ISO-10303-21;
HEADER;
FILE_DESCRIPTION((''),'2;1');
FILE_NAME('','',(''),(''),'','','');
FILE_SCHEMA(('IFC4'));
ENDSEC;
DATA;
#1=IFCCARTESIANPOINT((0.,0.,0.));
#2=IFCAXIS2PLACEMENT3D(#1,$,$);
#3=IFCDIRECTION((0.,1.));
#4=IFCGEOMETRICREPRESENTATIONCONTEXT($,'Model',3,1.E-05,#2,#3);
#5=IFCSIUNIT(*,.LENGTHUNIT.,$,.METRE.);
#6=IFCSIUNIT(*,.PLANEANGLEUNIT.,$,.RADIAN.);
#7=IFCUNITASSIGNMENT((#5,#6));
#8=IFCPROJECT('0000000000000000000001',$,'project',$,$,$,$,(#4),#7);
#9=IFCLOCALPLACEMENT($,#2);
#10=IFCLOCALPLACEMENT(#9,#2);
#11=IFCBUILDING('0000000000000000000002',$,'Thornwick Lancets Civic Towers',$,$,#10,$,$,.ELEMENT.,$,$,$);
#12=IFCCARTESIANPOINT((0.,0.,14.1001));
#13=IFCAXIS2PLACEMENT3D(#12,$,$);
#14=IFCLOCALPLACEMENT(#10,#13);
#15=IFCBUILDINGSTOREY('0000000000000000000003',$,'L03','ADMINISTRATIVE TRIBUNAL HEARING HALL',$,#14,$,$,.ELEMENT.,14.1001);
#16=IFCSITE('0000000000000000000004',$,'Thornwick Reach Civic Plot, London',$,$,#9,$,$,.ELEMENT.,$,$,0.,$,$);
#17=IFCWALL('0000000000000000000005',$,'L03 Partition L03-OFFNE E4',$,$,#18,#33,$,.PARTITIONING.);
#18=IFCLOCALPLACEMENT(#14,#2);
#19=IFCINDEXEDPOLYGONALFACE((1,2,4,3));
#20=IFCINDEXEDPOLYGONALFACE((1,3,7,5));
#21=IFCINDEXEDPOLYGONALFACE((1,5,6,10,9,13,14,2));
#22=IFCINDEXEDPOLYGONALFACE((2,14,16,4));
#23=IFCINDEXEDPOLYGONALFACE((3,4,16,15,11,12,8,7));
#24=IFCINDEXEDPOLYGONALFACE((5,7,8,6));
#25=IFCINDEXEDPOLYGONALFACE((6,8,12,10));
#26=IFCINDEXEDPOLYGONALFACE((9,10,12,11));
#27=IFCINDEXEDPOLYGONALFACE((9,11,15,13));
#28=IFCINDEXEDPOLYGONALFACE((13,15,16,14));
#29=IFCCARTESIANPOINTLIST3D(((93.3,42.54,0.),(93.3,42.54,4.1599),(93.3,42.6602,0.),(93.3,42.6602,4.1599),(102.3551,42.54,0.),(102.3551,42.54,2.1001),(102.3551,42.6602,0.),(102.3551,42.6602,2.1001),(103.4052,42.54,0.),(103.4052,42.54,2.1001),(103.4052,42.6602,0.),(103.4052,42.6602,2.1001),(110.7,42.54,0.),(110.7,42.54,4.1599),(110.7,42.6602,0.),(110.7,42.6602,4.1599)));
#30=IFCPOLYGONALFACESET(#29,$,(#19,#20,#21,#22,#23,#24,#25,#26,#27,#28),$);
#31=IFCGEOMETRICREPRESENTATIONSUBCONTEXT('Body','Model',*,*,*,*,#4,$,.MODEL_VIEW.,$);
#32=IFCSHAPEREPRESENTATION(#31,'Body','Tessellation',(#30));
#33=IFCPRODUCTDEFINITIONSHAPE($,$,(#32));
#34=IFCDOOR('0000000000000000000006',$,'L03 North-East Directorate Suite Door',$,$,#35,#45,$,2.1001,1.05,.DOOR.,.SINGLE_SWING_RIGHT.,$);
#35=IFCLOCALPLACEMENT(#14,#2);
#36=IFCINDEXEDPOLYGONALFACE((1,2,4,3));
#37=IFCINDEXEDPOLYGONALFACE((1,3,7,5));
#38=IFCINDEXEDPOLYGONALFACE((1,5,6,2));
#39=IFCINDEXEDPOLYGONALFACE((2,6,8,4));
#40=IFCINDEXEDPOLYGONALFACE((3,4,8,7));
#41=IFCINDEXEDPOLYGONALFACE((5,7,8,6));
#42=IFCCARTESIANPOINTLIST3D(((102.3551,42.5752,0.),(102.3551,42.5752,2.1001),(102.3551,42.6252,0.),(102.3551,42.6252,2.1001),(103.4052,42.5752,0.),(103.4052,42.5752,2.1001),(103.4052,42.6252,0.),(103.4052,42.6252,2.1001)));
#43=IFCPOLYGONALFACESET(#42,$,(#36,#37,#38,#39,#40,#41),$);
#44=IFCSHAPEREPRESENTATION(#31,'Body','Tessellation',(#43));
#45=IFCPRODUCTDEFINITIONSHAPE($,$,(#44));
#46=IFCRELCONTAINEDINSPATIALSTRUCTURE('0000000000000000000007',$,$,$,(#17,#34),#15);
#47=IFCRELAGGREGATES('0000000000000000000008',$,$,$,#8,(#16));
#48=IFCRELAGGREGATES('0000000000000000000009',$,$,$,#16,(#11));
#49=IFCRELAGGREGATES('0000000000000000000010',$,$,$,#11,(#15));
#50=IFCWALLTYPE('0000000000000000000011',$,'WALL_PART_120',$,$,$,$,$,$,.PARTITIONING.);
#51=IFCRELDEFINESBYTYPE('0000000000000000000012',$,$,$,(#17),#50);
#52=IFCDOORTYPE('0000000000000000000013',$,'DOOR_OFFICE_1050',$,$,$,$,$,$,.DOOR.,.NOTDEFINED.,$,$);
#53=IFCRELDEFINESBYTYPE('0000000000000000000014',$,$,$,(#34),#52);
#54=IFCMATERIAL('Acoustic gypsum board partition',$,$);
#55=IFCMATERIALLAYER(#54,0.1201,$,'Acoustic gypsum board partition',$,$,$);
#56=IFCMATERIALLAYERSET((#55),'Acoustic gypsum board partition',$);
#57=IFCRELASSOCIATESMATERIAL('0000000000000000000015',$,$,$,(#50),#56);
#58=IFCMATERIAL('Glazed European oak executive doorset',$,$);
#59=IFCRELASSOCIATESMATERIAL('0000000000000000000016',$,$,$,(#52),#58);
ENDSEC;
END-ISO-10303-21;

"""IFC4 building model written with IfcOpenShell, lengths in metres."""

from ifc_helpers import new_model, si_unit, direction, frame, frame_2d, origin, place, context, subcontext, project, spatial, rectangle, extrude, material, layer, layer_set, type_object, element, fill, save


model = new_model("IFC4")

# Units and contexts
model_context = context("Model", 3, precision=1e-05, world=origin(), true_north=direction((0.0, 1.0)))
body_context = subcontext(model_context, "Body", "Model", "MODEL_VIEW")
ifc_project = project(units=[si_unit("LENGTHUNIT", "METRE"), si_unit("PLANEANGLEUNIT", "RADIAN")], contexts=[model_context])

# Site, building, storey
site_placement = place(None, origin())
site = spatial("IfcSite", under=ifc_project, at=site_placement, Name="Thornwick Reach Civic Plot, London", CompositionType="ELEMENT", RefElevation=0.0)
building_placement = place(site_placement, origin())
building = spatial("IfcBuilding", under=site, at=building_placement, Name="Thornwick Lancets Civic Towers", CompositionType="ELEMENT")
storey_placement = place(building_placement, frame((0.0, 0.0, 14.1001)))
storey = spatial("IfcBuildingStorey", under=building, at=storey_placement, Name="L03", Description="ADMINISTRATIVE TRIBUNAL HEARING HALL", CompositionType="ELEMENT", Elevation=14.1001)

# Wall, opening, door
ifc_material_1 = material(Name="Acoustic gypsum board partition")
ifc_layer_1 = layer(ifc_material_1, 0.1201, Name="Acoustic gypsum board partition")
ifc_layer_set_1 = layer_set([ifc_layer_1], Name="Acoustic gypsum board partition")
wall_type_1 = type_object("IfcWallType", Name="WALL_PART_120", PredefinedType="PARTITIONING", material=ifc_layer_set_1)
ifc_material_2 = material(Name="Glazed European oak executive doorset")
door_type_1 = type_object("IfcDoorType", Name="DOOR_OFFICE_1050", OperationType="NOTDEFINED", PredefinedType="DOOR", material=ifc_material_2)
wall_1_placement = place(storey_placement, frame((110.7, 42.6001, 0.0), z_axis=(0.0, 0.0, 1.0), x_axis=(-1.0, 0.0, 0.0)))
wall_1 = element("IfcWall", 1, at=wall_1_placement, inside=storey, type_object=wall_type_1, Name="L03 Partition L03-OFFNE E4", PredefinedType="PARTITIONING", context=body_context, shape_type="SweptSolid", body=[
    extrude(rectangle(XDim=17.3999, YDim=0.1201, at=frame_2d((8.7, 0.0))), origin(), (0.0, 0.0, 1.0), 4.1599),
])
opening_1_placement = place(wall_1_placement, frame((7.2949, 0.0, 0.0)))
opening_1 = element("IfcOpeningElement", 2, at=opening_1_placement, cuts=wall_1, PredefinedType="OPENING", context=body_context, shape_type="SweptSolid", body=[
    extrude(rectangle(XDim=1.05, YDim=2.1001, at=frame_2d((0.5249, 1.05))), frame((0.0, 0.0701, 0.0), z_axis=(0.0, -1.0, 0.0), x_axis=(1.0, 0.0, 0.0)), (0.0, 0.0, 1.0), 0.1401),
])
door_1_placement = place(opening_1_placement, origin())
door_1 = element("IfcDoor", 3, at=door_1_placement, inside=storey, type_object=door_type_1, Name="L03 North-East Directorate Suite Door", OperationType="SINGLE_SWING_RIGHT", OverallHeight=2.1001, OverallWidth=1.05, PredefinedType="DOOR", context=body_context, shape_type="SweptSolid", body=[
    extrude(rectangle(XDim=1.05, YDim=2.1001, at=frame_2d((0.5249, 1.05))), frame((0.0, 0.0249, 0.0), z_axis=(0.0, -1.0, 0.0), x_axis=(1.0, 0.0, 0.0)), (0.0, 0.0, 1.0), 0.05),
])
fill(opening_1, door_1)

save(model, "model.ifc")
